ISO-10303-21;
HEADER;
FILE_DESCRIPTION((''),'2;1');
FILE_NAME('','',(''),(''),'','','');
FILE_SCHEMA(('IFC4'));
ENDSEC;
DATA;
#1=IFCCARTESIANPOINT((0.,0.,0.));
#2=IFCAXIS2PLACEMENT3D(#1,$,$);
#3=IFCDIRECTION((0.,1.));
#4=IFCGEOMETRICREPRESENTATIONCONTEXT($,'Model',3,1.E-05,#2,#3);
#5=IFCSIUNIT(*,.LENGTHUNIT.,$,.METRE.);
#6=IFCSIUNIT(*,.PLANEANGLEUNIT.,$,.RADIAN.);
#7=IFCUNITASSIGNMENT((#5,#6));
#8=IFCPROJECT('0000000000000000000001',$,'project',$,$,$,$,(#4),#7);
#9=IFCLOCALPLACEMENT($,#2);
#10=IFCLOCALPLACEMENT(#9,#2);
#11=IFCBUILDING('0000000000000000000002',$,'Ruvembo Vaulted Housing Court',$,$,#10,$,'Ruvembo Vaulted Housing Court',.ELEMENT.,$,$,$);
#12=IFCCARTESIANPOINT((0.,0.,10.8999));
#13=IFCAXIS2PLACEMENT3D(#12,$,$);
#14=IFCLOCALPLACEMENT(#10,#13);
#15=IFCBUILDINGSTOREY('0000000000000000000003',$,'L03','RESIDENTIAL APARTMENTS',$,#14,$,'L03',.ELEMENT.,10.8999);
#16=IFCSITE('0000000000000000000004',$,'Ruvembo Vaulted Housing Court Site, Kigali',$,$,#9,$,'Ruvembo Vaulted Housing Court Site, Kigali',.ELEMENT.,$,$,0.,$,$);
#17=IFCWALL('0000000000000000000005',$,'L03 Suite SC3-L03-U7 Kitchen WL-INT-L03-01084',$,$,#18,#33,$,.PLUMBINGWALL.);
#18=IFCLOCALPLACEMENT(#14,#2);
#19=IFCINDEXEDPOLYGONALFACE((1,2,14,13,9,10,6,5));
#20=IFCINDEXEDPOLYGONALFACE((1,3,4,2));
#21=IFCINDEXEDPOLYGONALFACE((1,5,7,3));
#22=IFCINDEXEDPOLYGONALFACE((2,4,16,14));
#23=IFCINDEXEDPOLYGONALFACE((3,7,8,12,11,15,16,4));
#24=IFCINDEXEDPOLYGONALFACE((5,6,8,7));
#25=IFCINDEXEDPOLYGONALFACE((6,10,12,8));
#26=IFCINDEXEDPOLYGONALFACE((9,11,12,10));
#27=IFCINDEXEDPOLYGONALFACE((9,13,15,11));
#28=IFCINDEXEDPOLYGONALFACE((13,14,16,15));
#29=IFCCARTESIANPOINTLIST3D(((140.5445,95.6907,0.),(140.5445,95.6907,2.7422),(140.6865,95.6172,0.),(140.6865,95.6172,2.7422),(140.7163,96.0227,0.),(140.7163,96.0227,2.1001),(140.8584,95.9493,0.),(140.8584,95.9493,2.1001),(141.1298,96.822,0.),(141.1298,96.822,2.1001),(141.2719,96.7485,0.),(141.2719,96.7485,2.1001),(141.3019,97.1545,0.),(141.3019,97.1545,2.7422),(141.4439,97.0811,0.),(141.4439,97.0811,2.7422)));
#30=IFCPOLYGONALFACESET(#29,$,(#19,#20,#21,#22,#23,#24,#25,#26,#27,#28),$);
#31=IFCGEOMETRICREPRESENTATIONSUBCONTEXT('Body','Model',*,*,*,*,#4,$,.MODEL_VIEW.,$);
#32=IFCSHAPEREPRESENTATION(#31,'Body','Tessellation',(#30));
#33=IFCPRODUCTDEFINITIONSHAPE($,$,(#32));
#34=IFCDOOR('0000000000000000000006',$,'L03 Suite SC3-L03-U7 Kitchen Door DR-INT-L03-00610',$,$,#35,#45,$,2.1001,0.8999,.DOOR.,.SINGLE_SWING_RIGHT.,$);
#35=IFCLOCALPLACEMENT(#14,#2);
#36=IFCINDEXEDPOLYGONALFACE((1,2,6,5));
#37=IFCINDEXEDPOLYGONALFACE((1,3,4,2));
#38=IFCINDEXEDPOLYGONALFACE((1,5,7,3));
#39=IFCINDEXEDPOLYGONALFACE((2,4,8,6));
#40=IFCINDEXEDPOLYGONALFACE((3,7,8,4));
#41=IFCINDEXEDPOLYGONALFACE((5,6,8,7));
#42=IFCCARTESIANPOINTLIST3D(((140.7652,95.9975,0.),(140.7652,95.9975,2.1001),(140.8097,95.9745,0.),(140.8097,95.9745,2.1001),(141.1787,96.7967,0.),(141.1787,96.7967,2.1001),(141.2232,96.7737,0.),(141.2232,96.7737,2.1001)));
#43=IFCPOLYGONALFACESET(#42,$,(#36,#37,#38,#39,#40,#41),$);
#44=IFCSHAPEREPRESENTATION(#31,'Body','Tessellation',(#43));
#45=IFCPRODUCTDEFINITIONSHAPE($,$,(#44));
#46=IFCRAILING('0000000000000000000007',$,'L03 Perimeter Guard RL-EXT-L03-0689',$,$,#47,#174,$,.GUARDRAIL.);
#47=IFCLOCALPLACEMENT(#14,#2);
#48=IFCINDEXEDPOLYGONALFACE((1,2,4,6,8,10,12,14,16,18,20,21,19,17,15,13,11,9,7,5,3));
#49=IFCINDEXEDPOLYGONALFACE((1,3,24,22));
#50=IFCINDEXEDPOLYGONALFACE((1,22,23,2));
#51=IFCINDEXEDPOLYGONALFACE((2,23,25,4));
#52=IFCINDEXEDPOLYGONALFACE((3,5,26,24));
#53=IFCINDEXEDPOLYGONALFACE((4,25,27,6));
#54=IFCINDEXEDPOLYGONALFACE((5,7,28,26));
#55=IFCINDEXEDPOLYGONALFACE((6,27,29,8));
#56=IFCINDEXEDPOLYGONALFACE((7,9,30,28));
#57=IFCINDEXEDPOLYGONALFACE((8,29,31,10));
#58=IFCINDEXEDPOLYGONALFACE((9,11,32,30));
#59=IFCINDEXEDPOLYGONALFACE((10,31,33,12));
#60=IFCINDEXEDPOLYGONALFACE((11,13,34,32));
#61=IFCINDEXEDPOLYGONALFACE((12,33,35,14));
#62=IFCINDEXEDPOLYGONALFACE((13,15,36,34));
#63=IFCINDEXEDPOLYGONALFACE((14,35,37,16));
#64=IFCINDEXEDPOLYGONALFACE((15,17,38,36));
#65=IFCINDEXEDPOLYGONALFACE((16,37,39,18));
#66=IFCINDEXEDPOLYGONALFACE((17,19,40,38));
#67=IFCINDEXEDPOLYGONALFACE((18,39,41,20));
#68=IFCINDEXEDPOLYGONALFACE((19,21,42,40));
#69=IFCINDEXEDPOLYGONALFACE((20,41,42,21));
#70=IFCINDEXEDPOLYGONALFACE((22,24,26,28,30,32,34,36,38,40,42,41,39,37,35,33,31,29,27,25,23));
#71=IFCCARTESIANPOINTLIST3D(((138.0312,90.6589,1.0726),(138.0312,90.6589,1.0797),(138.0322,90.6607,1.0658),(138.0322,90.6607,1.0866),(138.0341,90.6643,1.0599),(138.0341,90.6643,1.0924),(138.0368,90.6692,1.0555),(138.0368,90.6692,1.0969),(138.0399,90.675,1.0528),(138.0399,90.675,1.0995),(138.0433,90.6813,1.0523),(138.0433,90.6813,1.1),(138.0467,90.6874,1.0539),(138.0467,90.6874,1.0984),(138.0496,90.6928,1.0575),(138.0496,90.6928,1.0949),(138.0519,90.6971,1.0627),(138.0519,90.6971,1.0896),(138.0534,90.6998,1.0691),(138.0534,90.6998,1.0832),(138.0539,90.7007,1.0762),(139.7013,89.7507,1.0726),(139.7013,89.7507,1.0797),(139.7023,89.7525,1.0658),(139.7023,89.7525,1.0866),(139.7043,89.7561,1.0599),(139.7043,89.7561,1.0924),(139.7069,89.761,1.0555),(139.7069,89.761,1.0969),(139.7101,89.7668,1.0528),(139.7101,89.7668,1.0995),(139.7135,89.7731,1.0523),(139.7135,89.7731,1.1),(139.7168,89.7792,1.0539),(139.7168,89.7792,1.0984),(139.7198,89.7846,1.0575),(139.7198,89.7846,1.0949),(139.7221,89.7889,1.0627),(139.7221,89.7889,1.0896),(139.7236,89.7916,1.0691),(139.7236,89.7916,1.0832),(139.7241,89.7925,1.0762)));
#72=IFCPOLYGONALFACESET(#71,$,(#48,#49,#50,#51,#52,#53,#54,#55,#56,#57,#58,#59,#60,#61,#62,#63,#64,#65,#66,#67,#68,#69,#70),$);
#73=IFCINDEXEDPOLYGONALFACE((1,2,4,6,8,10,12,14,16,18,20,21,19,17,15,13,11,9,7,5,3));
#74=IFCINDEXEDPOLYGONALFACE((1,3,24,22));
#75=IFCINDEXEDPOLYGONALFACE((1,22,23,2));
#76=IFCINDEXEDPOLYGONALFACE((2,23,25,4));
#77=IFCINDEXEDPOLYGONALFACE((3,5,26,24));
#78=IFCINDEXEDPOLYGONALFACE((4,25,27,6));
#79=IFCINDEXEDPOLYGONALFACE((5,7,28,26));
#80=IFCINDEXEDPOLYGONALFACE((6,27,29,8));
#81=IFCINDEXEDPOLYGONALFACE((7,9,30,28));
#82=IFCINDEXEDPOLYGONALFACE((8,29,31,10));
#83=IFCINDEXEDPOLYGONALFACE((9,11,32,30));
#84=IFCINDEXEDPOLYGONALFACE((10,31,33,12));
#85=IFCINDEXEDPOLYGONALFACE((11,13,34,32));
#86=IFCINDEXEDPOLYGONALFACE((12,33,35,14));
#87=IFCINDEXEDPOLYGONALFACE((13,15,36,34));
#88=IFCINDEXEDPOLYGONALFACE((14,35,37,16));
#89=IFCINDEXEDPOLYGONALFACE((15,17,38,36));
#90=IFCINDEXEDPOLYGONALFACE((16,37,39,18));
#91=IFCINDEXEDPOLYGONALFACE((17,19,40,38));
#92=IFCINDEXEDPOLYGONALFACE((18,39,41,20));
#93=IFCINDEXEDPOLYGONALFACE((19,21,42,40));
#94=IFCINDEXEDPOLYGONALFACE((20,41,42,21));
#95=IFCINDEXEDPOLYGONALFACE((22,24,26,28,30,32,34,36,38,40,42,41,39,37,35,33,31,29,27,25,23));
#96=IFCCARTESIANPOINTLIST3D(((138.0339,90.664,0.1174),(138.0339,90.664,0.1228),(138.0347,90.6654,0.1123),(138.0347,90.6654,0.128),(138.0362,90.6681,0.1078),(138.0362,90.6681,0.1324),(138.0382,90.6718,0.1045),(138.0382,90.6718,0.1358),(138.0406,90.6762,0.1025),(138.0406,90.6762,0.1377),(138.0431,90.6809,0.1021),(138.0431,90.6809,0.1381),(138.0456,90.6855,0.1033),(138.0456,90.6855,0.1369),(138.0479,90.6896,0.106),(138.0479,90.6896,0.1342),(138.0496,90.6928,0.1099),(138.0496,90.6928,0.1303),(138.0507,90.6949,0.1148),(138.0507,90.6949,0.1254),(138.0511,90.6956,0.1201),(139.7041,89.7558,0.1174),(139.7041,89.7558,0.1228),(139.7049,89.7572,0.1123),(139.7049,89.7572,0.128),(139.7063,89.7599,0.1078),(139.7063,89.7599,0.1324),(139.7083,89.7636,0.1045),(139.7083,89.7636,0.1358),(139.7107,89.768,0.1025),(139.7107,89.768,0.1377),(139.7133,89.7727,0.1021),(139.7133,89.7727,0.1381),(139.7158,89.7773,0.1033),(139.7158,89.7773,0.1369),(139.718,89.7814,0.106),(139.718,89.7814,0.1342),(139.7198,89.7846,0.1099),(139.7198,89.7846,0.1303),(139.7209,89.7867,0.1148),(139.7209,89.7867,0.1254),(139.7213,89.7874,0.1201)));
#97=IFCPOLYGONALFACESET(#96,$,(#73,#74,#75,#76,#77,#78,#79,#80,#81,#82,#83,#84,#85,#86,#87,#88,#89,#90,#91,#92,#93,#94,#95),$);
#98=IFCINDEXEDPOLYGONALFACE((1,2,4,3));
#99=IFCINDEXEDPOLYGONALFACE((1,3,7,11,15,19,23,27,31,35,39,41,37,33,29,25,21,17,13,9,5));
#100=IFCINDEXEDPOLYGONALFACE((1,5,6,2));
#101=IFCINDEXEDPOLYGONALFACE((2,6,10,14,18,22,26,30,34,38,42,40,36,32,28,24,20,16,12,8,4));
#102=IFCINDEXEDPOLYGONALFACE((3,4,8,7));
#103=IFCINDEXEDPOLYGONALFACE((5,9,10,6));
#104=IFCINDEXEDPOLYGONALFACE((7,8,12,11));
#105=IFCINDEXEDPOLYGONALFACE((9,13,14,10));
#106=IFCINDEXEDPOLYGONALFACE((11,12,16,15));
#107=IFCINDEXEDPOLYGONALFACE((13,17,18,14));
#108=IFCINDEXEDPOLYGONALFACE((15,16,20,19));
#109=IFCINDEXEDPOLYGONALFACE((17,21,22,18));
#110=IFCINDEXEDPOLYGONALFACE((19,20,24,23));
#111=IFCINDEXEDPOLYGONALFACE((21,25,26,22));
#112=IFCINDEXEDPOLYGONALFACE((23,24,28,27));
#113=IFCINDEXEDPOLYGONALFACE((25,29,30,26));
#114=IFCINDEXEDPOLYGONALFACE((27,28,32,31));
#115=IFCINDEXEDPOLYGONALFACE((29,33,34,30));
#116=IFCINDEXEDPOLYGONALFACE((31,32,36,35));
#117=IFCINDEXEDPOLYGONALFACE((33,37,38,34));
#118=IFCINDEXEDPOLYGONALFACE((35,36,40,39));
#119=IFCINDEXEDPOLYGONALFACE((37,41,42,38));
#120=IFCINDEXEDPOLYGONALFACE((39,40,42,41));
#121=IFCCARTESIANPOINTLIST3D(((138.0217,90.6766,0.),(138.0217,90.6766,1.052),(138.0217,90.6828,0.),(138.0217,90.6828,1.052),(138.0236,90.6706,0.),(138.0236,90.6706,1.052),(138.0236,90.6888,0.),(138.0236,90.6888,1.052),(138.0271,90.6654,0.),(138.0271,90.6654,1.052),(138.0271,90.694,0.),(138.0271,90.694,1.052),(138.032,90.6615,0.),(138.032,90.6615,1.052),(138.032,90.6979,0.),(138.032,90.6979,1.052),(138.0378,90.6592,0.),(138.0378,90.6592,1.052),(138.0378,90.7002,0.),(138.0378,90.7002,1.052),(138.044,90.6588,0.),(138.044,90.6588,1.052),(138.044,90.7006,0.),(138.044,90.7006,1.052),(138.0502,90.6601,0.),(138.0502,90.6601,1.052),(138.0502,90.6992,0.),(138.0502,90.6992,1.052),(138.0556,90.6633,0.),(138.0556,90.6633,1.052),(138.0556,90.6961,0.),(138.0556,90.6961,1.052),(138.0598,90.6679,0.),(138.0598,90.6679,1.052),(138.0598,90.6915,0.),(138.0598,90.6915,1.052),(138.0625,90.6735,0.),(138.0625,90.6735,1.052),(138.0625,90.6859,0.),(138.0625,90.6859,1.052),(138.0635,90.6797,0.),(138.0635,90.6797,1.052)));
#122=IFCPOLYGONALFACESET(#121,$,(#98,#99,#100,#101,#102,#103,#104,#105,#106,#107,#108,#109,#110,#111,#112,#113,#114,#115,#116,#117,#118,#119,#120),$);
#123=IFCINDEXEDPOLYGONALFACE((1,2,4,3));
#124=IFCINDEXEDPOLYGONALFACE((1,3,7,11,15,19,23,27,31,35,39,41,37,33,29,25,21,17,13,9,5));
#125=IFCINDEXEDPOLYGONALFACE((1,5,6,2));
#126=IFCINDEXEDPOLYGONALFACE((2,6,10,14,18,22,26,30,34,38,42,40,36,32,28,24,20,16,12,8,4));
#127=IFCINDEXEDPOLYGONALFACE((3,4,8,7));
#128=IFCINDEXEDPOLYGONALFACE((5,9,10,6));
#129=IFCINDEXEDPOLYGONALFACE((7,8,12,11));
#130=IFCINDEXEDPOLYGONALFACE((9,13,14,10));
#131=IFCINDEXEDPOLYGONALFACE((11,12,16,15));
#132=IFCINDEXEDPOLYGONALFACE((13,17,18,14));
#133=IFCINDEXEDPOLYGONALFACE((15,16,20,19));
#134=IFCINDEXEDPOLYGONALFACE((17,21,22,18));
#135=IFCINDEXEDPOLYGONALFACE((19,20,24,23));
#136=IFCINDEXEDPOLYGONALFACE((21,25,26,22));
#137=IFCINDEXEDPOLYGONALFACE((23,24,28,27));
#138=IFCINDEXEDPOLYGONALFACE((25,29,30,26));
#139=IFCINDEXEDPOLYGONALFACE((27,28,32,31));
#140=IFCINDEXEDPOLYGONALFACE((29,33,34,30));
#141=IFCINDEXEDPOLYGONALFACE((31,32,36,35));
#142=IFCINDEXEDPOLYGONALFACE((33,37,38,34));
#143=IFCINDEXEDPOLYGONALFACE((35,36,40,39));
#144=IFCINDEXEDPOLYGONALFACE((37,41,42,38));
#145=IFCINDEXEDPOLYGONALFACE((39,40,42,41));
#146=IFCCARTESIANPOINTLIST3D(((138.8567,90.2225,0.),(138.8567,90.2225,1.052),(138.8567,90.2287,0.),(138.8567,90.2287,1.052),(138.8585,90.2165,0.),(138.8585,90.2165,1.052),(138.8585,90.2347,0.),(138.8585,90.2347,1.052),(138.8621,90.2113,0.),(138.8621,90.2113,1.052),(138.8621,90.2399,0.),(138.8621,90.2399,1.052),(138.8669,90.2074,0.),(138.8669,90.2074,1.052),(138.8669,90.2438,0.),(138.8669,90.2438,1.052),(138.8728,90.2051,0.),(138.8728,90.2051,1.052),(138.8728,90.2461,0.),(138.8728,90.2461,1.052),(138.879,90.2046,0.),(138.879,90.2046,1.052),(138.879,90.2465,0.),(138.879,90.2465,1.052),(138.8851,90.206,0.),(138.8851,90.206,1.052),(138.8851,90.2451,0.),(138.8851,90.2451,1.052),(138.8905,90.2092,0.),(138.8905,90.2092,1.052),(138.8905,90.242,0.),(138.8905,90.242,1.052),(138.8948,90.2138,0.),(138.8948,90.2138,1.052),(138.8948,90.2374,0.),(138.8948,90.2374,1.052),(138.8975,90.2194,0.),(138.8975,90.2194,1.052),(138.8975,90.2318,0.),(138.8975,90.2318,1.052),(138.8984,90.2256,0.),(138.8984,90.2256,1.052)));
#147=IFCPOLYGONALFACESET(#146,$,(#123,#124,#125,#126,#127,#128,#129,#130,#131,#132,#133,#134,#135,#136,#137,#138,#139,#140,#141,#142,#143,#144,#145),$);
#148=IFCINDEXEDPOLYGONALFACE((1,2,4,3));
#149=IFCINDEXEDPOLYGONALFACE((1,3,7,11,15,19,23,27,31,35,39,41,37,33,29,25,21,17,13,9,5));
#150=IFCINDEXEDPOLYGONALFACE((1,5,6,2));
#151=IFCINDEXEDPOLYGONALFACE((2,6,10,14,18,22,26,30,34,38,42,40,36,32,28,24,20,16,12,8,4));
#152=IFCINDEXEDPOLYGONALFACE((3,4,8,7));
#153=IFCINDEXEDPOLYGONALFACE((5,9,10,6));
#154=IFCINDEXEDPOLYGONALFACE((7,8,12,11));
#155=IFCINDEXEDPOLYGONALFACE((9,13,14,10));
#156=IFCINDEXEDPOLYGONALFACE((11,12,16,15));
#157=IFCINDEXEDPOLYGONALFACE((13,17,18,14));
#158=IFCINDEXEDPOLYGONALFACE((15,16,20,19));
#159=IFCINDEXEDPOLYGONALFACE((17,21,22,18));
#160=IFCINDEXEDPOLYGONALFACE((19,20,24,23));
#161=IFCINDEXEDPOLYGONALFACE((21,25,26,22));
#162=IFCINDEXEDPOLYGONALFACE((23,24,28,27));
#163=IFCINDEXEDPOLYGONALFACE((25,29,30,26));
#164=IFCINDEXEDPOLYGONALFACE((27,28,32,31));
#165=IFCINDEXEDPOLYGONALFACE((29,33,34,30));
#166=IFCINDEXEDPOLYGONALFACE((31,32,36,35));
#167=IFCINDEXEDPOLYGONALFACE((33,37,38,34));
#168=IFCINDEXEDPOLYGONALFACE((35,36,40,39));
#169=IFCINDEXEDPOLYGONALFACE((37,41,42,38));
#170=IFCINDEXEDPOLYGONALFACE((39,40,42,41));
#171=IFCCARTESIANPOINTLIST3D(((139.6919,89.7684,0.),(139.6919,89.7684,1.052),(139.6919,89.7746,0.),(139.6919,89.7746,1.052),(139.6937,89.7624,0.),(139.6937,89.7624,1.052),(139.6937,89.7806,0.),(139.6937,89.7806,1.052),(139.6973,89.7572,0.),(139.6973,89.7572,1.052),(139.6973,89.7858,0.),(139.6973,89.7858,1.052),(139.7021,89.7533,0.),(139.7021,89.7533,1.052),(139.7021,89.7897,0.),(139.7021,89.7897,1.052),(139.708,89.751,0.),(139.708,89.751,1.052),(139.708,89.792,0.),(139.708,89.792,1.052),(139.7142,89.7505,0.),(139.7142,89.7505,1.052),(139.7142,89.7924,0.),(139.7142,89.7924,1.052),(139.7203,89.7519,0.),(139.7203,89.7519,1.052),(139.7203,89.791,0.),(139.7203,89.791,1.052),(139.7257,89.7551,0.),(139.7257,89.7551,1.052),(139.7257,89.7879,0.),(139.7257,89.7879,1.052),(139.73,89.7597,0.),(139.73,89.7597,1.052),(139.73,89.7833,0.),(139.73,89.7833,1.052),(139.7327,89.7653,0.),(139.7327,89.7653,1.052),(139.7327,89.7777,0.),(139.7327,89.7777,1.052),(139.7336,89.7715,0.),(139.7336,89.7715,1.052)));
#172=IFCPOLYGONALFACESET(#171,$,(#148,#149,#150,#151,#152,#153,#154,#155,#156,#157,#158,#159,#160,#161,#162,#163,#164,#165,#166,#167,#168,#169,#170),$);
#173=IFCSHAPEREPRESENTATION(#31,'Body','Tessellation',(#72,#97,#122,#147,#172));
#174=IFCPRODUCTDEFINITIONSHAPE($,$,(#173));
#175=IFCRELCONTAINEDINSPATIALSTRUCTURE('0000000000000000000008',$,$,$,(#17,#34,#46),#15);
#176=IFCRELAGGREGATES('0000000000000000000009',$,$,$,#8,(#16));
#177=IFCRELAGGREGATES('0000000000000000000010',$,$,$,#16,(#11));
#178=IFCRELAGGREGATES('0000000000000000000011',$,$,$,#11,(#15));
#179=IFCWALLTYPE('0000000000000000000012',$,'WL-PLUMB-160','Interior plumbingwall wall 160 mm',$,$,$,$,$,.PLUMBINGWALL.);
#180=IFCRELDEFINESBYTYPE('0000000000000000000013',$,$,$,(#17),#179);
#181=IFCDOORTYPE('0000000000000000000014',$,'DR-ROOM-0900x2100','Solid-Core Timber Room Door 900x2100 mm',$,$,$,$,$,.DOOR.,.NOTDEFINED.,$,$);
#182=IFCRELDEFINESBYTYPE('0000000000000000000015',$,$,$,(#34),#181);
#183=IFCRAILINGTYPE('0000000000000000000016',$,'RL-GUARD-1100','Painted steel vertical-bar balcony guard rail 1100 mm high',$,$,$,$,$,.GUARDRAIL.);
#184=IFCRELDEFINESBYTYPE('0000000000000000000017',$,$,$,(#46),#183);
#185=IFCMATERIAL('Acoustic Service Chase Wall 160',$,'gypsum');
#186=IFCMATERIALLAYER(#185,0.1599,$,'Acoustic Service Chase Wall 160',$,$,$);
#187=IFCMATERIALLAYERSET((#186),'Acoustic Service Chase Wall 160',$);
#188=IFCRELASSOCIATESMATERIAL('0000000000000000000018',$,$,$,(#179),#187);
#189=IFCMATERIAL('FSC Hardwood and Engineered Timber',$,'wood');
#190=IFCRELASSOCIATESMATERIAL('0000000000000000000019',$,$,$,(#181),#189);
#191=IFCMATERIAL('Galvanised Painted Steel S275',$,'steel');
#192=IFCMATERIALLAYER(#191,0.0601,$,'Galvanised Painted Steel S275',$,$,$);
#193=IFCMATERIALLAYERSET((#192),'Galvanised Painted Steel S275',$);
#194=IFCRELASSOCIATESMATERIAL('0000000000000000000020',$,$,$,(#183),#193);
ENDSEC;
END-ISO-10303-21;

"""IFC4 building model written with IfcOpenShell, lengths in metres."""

from ifc_helpers import new_model, si_unit, direction, frame, frame_2d, origin, origin_2d, place, context, subcontext, project, spatial, rectangle, circle, extrude, material, layer, layer_set, type_object, element, fill, save


model = new_model("IFC4")

# Units and contexts
model_context = context("Model", 3, precision=1e-05, world=origin(), true_north=direction((0.0, 1.0)))
body_context = subcontext(model_context, "Body", "Model", "MODEL_VIEW")
ifc_project = project(units=[si_unit("LENGTHUNIT", "METRE"), si_unit("PLANEANGLEUNIT", "RADIAN")], contexts=[model_context])

# Site, building, storey
site_placement = place(None, origin())
site = spatial("IfcSite", under=ifc_project, at=site_placement, Name="Ruvembo Vaulted Housing Court Site, Kigali", LongName="Ruvembo Vaulted Housing Court Site, Kigali", CompositionType="ELEMENT", RefElevation=0.0)
building_placement = place(site_placement, origin())
building = spatial("IfcBuilding", under=site, at=building_placement, Name="Ruvembo Vaulted Housing Court", LongName="Ruvembo Vaulted Housing Court", CompositionType="ELEMENT")
storey_placement = place(building_placement, frame((0.0, 0.0, 10.8999)))
storey = spatial("IfcBuildingStorey", under=building, at=storey_placement, Name="L03", Description="RESIDENTIAL APARTMENTS", LongName="L03", CompositionType="ELEMENT", Elevation=10.8999)

# Shared definitions
ifc_material_1 = material(Name="FSC Hardwood and Engineered Timber", Category="wood")

# Wall, opening, door
ifc_material_2 = material(Name="Acoustic Service Chase Wall 160", Category="gypsum")
ifc_layer_1 = layer(ifc_material_2, 0.1599, Name="Acoustic Service Chase Wall 160")
ifc_layer_set_1 = layer_set([ifc_layer_1], Name="Acoustic Service Chase Wall 160")
wall_type_1 = type_object("IfcWallType", Name="WL-PLUMB-160", Description="Interior plumbingwall wall 160 mm", PredefinedType="PLUMBINGWALL", material=ifc_layer_set_1)
wall_1_placement = place(storey_placement, frame((140.6155, 95.6538, 0.0), z_axis=(0.0, 0.0, 1.0), x_axis=(0.459495, 0.88818, 0.0)))
wall_1 = element("IfcWall", 1, at=wall_1_placement, inside=storey, type_object=wall_type_1, Name="L03 Suite SC3-L03-U7 Kitchen WL-INT-L03-01084", PredefinedType="PLUMBINGWALL", context=body_context, shape_type="SweptSolid", body=[
    extrude(rectangle(XDim=1.6482, YDim=0.1599, at=frame_2d((0.8242, 0.0))), origin(), (0.0, 0.0, 1.0), 2.7422),
])
opening_1_placement = place(wall_1_placement, frame((0.374, 0.0, 0.0)))
opening_1 = element("IfcOpeningElement", 2, at=opening_1_placement, cuts=wall_1, PredefinedType="OPENING", context=body_context, shape_type="SweptSolid", body=[
    extrude(rectangle(XDim=0.8999, YDim=2.1001, at=frame_2d((0.45, 1.05))), frame((0.0, 0.0898, 0.0), z_axis=(0.0, -1.0, 0.0), x_axis=(1.0, 0.0, 0.0)), (0.0, 0.0, 1.0), 0.1799),
])
door_type_1 = type_object("IfcDoorType", Name="DR-ROOM-0900x2100", Description="Solid-Core Timber Room Door 900x2100 mm", OperationType="NOTDEFINED", PredefinedType="DOOR", material=ifc_material_1)
door_1_placement = place(opening_1_placement, origin())
door_1 = element("IfcDoor", 3, at=door_1_placement, inside=storey, type_object=door_type_1, Name="L03 Suite SC3-L03-U7 Kitchen Door DR-INT-L03-00610", OperationType="SINGLE_SWING_RIGHT", OverallHeight=2.1001, OverallWidth=0.8999, PredefinedType="DOOR", context=body_context, shape_type="SweptSolid", body=[
    extrude(rectangle(XDim=0.8999, YDim=2.1001, at=frame_2d((0.45, 1.05))), frame((0.0, 0.0249, 0.0), z_axis=(0.0, -1.0, 0.0), x_axis=(1.0, 0.0, 0.0)), (0.0, 0.0, 1.0), 0.05),
])
fill(opening_1, door_1)

# Railing
ifc_material_3 = material(Name="Galvanised Painted Steel S275", Category="steel")
ifc_layer_2 = layer(ifc_material_3, 0.0601, Name="Galvanised Painted Steel S275")
ifc_layer_set_2 = layer_set([ifc_layer_2], Name="Galvanised Painted Steel S275")
railing_type = type_object("IfcRailingType", Name="RL-GUARD-1100", Description="Painted steel vertical-bar balcony guard rail 1100 mm high", PredefinedType="GUARDRAIL", material=ifc_layer_set_2)
railing_1_placement = place(storey_placement, frame((138.0425, 90.6797, 0.0)))
element("IfcRailing", 4, at=railing_1_placement, inside=storey, type_object=railing_type, Name="L03 Perimeter Guard RL-EXT-L03-0689", PredefinedType="GUARDRAIL", context=body_context, shape_type="SweptSolid", body=[
    extrude(circle(Radius=0.0239, at=origin_2d()), frame((0.0, 0.0, 1.0762), z_axis=(0.878513, -0.477718, 0.0), x_axis=(0.477718, 0.878513, 0.0)), (0.0, 0.0, 1.0), 1.9011),
    extrude(circle(Radius=0.0181, at=origin_2d()), frame((0.0, 0.0, 0.1201), z_axis=(0.878513, -0.477718, 0.0), x_axis=(0.477718, 0.878513, 0.0)), (0.0, 0.0, 1.0), 1.9011),
    extrude(circle(Radius=0.021, at=origin_2d()), origin(), (0.0, 0.0, 1.0), 1.052),
    extrude(circle(Radius=0.021, at=origin_2d()), frame((0.835, -0.4541, 0.0)), (0.0, 0.0, 1.0), 1.052),
    extrude(circle(Radius=0.021, at=origin_2d()), frame((1.6702, -0.9082, 0.0)), (0.0, 0.0, 1.0), 1.052),
])

save(model, "model.ifc")
